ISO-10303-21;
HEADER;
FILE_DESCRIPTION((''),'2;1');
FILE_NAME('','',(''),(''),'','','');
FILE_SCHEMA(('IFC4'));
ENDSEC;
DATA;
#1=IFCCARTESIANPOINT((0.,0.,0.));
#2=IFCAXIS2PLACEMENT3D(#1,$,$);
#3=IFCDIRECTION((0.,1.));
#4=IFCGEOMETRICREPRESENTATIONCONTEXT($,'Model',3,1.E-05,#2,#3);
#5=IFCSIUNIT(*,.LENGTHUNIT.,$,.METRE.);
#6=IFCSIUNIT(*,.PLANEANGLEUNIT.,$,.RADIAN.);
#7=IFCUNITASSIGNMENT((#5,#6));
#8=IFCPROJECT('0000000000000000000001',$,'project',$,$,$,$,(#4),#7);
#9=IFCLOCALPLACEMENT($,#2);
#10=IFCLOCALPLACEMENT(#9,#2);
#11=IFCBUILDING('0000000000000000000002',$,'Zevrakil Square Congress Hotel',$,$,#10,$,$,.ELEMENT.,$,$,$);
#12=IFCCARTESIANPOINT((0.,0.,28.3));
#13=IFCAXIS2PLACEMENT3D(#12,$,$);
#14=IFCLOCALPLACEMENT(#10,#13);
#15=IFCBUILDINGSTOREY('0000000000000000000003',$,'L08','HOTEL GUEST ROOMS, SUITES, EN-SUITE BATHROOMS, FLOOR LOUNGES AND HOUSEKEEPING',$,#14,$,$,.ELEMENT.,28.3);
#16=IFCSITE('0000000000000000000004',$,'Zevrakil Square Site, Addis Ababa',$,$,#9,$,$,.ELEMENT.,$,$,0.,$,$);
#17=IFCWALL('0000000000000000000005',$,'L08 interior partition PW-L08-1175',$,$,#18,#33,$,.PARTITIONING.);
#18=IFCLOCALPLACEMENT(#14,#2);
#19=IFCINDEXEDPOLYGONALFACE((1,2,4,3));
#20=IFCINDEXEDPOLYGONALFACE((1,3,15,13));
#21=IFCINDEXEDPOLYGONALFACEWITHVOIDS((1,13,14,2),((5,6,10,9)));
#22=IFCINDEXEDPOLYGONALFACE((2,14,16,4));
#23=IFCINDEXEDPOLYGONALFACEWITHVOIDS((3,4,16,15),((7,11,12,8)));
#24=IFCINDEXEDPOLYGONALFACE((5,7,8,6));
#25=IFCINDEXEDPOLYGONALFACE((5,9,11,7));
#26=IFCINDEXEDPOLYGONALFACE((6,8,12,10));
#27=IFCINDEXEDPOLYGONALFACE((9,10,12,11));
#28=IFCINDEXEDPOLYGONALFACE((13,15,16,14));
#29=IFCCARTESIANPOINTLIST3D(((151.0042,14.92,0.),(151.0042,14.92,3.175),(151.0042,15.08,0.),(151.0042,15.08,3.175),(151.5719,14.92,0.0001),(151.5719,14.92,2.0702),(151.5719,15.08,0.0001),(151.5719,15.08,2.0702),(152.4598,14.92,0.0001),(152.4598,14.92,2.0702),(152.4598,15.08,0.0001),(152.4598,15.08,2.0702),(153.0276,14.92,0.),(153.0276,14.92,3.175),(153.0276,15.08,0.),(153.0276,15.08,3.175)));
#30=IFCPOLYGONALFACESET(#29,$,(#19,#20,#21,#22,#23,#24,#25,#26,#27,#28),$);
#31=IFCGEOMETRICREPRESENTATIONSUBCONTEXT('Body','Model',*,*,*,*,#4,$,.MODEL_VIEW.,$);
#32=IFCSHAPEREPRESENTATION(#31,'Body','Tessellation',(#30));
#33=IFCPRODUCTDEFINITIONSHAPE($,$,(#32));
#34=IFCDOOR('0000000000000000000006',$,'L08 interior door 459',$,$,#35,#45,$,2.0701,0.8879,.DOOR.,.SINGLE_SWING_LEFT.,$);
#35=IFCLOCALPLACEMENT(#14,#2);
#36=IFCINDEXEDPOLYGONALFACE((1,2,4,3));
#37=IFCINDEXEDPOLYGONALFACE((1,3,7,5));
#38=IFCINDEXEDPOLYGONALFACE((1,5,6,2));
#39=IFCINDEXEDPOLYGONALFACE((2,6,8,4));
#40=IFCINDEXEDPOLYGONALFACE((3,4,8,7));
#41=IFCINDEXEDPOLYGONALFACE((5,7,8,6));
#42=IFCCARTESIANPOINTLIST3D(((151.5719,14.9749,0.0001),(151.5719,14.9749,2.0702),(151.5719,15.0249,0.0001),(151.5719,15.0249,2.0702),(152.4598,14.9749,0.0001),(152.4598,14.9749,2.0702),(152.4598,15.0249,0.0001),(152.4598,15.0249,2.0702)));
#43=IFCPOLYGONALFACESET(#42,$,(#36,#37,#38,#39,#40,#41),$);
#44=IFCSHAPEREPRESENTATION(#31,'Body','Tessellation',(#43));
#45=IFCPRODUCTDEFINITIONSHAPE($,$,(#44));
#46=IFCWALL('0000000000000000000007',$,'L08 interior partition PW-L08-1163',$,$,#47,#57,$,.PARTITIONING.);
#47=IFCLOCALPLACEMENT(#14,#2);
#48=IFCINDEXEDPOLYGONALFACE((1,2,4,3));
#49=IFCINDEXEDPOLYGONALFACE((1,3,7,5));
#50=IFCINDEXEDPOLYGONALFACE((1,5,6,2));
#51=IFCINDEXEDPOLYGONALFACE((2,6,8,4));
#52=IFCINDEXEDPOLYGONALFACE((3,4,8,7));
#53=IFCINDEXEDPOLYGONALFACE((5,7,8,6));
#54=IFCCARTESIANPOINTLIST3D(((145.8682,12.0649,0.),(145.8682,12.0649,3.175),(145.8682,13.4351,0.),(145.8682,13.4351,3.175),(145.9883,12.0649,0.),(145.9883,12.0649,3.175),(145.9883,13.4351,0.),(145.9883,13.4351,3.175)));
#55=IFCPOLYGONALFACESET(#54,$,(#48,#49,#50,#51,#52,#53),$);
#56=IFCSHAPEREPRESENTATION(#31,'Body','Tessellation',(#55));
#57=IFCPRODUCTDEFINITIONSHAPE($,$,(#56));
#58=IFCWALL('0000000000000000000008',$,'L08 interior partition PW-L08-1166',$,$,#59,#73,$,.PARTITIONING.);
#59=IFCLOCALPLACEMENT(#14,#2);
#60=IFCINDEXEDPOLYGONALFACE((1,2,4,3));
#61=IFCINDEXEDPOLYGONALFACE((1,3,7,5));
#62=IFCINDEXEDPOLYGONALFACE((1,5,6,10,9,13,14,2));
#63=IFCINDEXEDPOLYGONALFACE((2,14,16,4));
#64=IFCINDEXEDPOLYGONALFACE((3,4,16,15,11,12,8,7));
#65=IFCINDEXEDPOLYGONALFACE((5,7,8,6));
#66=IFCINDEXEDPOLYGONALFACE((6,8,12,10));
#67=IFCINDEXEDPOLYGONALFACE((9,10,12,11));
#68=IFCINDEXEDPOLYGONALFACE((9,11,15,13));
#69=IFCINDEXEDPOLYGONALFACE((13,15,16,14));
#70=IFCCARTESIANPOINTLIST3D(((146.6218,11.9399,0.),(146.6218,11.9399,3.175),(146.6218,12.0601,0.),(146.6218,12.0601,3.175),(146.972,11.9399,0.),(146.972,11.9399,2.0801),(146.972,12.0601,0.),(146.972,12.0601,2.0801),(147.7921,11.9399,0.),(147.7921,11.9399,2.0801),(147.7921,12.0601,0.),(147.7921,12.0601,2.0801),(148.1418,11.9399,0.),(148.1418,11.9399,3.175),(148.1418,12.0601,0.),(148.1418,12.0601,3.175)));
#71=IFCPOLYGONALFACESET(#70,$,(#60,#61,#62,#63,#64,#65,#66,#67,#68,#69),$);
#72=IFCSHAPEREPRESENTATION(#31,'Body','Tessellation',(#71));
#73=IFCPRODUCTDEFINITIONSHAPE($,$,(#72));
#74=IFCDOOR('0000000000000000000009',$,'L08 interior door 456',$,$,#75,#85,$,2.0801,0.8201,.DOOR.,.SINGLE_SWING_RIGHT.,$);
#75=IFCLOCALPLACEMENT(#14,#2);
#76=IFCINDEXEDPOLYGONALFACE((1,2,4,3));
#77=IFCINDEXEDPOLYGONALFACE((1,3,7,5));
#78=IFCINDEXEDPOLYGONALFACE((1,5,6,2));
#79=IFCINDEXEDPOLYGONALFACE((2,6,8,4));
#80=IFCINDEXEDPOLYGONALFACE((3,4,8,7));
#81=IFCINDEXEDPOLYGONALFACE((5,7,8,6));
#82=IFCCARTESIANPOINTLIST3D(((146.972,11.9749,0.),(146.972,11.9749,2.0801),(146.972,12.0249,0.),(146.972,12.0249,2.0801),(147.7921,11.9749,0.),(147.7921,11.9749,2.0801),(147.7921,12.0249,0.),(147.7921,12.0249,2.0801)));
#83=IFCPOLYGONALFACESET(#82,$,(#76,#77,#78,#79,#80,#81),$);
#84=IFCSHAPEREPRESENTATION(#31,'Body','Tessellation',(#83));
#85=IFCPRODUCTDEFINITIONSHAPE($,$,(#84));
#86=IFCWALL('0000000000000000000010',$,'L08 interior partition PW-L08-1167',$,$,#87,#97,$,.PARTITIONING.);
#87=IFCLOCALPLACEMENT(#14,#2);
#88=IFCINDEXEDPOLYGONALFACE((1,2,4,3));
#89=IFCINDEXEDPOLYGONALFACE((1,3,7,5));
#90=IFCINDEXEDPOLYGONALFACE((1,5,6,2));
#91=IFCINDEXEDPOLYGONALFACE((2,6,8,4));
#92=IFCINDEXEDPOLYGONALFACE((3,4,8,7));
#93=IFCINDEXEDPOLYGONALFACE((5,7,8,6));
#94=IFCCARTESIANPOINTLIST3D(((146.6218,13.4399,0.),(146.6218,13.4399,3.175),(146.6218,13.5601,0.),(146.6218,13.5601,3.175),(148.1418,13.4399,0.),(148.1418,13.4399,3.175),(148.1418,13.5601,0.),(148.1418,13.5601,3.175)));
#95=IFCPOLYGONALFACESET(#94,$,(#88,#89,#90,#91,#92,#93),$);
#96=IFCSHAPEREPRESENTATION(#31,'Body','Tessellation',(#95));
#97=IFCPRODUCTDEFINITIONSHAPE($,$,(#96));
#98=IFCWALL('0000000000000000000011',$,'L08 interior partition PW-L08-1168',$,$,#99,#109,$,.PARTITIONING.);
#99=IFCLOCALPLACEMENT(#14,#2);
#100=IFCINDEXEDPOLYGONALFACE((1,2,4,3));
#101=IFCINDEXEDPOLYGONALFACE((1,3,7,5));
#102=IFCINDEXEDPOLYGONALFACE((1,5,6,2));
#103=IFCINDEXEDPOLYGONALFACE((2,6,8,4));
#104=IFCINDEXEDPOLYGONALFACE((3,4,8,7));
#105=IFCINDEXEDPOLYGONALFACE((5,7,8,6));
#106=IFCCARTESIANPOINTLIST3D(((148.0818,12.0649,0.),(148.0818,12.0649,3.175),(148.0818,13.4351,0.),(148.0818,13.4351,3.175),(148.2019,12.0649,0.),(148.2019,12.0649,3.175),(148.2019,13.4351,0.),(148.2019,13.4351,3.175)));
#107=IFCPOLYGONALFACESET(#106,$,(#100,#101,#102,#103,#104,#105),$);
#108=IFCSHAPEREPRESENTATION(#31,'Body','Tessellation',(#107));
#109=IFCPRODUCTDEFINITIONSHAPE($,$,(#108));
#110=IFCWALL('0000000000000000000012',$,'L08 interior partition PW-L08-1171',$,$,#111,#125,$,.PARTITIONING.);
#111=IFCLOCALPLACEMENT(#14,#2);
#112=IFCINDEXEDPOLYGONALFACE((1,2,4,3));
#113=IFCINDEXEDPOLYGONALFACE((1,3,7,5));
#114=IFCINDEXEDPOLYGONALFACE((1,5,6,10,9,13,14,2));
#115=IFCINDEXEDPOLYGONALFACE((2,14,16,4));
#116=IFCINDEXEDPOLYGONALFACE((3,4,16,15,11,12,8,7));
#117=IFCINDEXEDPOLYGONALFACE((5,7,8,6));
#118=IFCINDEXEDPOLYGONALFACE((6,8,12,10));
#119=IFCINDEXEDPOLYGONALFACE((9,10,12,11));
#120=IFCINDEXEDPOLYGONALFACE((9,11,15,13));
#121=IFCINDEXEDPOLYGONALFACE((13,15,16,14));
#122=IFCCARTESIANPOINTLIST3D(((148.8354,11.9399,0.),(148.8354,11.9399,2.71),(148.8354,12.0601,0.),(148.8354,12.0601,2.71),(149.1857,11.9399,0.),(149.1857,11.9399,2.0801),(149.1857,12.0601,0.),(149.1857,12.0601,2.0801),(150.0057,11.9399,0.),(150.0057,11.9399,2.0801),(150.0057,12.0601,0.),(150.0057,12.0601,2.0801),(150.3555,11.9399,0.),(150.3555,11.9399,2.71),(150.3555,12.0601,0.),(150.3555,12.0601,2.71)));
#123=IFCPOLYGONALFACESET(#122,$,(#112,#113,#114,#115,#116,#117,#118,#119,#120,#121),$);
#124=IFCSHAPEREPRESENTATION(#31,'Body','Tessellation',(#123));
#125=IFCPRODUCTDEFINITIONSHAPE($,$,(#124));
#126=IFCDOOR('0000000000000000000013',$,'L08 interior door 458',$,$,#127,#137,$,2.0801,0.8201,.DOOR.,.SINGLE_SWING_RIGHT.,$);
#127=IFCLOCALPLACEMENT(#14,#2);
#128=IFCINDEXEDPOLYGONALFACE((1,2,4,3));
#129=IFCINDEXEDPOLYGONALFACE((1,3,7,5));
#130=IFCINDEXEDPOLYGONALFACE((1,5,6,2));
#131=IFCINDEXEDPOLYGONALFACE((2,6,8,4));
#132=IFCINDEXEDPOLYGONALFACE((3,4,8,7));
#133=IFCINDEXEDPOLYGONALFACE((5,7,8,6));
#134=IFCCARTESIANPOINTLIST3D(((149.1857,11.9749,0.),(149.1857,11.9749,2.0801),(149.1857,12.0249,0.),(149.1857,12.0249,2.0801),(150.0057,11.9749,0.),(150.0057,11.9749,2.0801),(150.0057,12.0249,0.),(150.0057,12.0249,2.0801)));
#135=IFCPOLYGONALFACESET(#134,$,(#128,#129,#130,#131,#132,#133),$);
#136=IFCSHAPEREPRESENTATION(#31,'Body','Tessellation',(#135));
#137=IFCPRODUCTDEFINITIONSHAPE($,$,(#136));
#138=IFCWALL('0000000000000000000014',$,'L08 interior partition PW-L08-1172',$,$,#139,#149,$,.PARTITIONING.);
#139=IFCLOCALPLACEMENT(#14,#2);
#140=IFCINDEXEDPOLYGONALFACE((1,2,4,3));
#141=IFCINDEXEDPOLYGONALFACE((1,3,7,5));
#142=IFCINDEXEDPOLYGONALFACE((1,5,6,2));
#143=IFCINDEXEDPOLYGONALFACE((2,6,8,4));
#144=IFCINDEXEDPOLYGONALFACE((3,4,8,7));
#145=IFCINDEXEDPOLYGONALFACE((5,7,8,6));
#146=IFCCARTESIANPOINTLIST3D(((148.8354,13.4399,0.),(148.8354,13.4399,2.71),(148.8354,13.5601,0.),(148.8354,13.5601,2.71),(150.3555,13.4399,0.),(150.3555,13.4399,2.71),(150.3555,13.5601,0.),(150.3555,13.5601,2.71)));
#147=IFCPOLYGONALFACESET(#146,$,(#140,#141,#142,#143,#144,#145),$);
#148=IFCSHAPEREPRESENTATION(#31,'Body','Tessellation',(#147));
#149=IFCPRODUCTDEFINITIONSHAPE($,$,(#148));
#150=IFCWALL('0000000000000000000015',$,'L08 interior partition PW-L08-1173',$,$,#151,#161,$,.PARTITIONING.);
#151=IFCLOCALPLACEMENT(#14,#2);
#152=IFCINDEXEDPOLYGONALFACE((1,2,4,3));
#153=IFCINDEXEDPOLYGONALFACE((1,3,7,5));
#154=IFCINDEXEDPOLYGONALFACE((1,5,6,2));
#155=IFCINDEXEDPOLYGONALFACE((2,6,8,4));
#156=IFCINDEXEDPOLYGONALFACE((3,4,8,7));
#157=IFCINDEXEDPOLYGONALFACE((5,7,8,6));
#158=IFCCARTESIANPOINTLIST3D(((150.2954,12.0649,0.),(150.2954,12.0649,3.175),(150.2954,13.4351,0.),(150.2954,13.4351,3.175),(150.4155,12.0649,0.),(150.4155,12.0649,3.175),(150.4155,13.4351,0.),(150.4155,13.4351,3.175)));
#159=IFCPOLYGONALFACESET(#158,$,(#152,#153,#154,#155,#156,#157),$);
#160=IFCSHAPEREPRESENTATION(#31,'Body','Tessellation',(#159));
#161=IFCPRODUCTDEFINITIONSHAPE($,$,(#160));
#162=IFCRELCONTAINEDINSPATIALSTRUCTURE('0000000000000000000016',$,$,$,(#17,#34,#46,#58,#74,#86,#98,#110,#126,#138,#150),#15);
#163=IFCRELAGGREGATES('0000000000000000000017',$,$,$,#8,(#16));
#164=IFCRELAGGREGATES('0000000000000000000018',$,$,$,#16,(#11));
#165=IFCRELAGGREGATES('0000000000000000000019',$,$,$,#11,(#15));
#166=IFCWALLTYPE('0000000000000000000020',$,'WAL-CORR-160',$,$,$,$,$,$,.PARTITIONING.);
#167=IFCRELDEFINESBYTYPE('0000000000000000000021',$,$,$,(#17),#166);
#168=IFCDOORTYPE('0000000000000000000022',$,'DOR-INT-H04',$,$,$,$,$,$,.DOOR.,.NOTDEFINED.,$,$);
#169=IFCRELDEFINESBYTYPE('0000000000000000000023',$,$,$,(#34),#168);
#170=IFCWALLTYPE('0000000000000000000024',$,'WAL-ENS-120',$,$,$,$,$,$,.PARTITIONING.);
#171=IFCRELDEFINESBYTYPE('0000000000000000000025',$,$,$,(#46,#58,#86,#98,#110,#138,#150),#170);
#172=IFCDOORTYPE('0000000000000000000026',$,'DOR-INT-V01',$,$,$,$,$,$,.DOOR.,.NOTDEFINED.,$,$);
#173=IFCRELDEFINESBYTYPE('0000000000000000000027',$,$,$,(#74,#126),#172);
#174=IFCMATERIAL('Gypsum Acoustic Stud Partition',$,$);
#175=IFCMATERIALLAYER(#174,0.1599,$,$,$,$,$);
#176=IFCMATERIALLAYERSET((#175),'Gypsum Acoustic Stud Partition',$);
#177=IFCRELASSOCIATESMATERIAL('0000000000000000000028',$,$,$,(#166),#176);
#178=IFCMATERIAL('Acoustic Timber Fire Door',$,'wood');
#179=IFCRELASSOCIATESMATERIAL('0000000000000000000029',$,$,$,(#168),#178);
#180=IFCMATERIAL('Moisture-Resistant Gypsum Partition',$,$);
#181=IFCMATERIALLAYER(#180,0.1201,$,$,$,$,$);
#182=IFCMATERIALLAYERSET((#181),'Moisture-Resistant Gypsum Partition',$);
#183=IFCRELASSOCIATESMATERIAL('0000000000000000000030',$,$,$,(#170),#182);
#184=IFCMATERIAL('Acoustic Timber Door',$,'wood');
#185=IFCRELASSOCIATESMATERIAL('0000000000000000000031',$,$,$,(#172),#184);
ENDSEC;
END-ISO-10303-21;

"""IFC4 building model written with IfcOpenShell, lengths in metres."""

from ifc_helpers import new_model, si_unit, direction, frame, frame_2d, origin, place, context, subcontext, project, spatial, rectangle, extrude, material, layer, layer_set, type_object, element, fill, save


model = new_model("IFC4")

# Units and contexts
model_context = context("Model", 3, precision=1e-05, world=origin(), true_north=direction((0.0, 1.0)))
body_context = subcontext(model_context, "Body", "Model", "MODEL_VIEW")
ifc_project = project(units=[si_unit("LENGTHUNIT", "METRE"), si_unit("PLANEANGLEUNIT", "RADIAN")], contexts=[model_context])

# Site, building, storey
site_placement = place(None, origin())
site = spatial("IfcSite", under=ifc_project, at=site_placement, Name="Zevrakil Square Site, Addis Ababa", CompositionType="ELEMENT", RefElevation=0.0)
building_placement = place(site_placement, origin())
building = spatial("IfcBuilding", under=site, at=building_placement, Name="Zevrakil Square Congress Hotel", CompositionType="ELEMENT")
storey_placement = place(building_placement, frame((0.0, 0.0, 28.3)))
storey = spatial("IfcBuildingStorey", under=building, at=storey_placement, Name="L08", Description="HOTEL GUEST ROOMS, SUITES, EN-SUITE BATHROOMS, FLOOR LOUNGES AND HOUSEKEEPING", CompositionType="ELEMENT", Elevation=28.3)

# Wall, opening, door
ifc_material_1 = material(Name="Gypsum Acoustic Stud Partition")
ifc_layer_1 = layer(ifc_material_1, 0.1599)
ifc_layer_set_1 = layer_set([ifc_layer_1], Name="Gypsum Acoustic Stud Partition")
wall_type_1 = type_object("IfcWallType", Name="WAL-CORR-160", PredefinedType="PARTITIONING", material=ifc_layer_set_1)
wall_1_placement = place(storey_placement, frame((151.0042, 15.0, 0.0), z_axis=(0.0, 0.0, 1.0), x_axis=(1.0, 0.0, 0.0)))
wall_1 = element("IfcWall", 1, at=wall_1_placement, inside=storey, type_object=wall_type_1, Name="L08 interior partition PW-L08-1175", PredefinedType="PARTITIONING", context=body_context, shape_type="SweptSolid", body=[
    extrude(rectangle(XDim=2.0234, YDim=0.1599, at=frame_2d((1.0117, 0.0))), origin(), (0.0, 0.0, 1.0), 3.175),
])
opening_1_placement = place(wall_1_placement, frame((0.5679, 0.0, 0.0)))
opening_1 = element("IfcOpeningElement", 2, at=opening_1_placement, cuts=wall_1, PredefinedType="OPENING", context=body_context, shape_type="SweptSolid", body=[
    extrude(rectangle(XDim=0.8879, YDim=2.0701, at=frame_2d((0.4438, 1.0352))), frame((0.0, 0.0898, 0.0), z_axis=(0.0, -1.0, 0.0), x_axis=(1.0, 0.0, 0.0)), (0.0, 0.0, 1.0), 0.1799),
])
ifc_material_2 = material(Name="Acoustic Timber Fire Door", Category="wood")
door_type_1 = type_object("IfcDoorType", Name="DOR-INT-H04", OperationType="NOTDEFINED", PredefinedType="DOOR", material=ifc_material_2)
door_1_placement = place(opening_1_placement, origin())
door_1 = element("IfcDoor", 3, at=door_1_placement, inside=storey, type_object=door_type_1, Name="L08 interior door 459", OperationType="SINGLE_SWING_LEFT", OverallHeight=2.0701, OverallWidth=0.8879, PredefinedType="DOOR", context=body_context, shape_type="SweptSolid", body=[
    extrude(rectangle(XDim=0.8879, YDim=2.0701, at=frame_2d((0.4438, 1.0352))), frame((0.0, 0.0249, 0.0), z_axis=(0.0, -1.0, 0.0), x_axis=(1.0, 0.0, 0.0)), (0.0, 0.0, 1.0), 0.05),
])
fill(opening_1, door_1)

# Wall
ifc_material_3 = material(Name="Moisture-Resistant Gypsum Partition")
ifc_layer_2 = layer(ifc_material_3, 0.1201)
ifc_layer_set_2 = layer_set([ifc_layer_2], Name="Moisture-Resistant Gypsum Partition")
wall_type_2 = type_object("IfcWallType", Name="WAL-ENS-120", PredefinedType="PARTITIONING", material=ifc_layer_set_2)
wall_2_placement = place(storey_placement, frame((145.9282, 12.0649, 0.0), z_axis=(0.0, 0.0, 1.0), x_axis=(0.0, 1.0, 0.0)))
element("IfcWall", 4, at=wall_2_placement, inside=storey, type_object=wall_type_2, Name="L08 interior partition PW-L08-1163", PredefinedType="PARTITIONING", context=body_context, shape_type="SweptSolid", body=[
    extrude(rectangle(XDim=1.3701, YDim=0.1201, at=frame_2d((0.6851, 0.0))), origin(), (0.0, 0.0, 1.0), 3.175),
])

# Wall, opening, door
wall_3_placement = place(storey_placement, frame((146.6218, 12.0, 0.0), z_axis=(0.0, 0.0, 1.0), x_axis=(1.0, 0.0, 0.0)))
wall_3 = element("IfcWall", 5, at=wall_3_placement, inside=storey, type_object=wall_type_2, Name="L08 interior partition PW-L08-1166", PredefinedType="PARTITIONING", context=body_context, shape_type="SweptSolid", body=[
    extrude(rectangle(XDim=1.52, YDim=0.1201, at=frame_2d((0.76, 0.0))), origin(), (0.0, 0.0, 1.0), 3.175),
])
opening_2_placement = place(wall_3_placement, frame((0.3501, 0.0, 0.0)))
opening_2 = element("IfcOpeningElement", 6, at=opening_2_placement, cuts=wall_3, PredefinedType="OPENING", context=body_context, shape_type="SweptSolid", body=[
    extrude(rectangle(XDim=0.8201, YDim=2.0801, at=frame_2d((0.4102, 1.04))), frame((0.0, 0.0701, 0.0), z_axis=(0.0, -1.0, 0.0), x_axis=(1.0, 0.0, 0.0)), (0.0, 0.0, 1.0), 0.1401),
])
ifc_material_4 = material(Name="Acoustic Timber Door", Category="wood")
door_type_2 = type_object("IfcDoorType", Name="DOR-INT-V01", OperationType="NOTDEFINED", PredefinedType="DOOR", material=ifc_material_4)
door_2_placement = place(opening_2_placement, origin())
door_2 = element("IfcDoor", 7, at=door_2_placement, inside=storey, type_object=door_type_2, Name="L08 interior door 456", OperationType="SINGLE_SWING_RIGHT", OverallHeight=2.0801, OverallWidth=0.8201, PredefinedType="DOOR", context=body_context, shape_type="SweptSolid", body=[
    extrude(rectangle(XDim=0.8201, YDim=2.0801, at=frame_2d((0.4102, 1.04))), frame((0.0, 0.0249, 0.0), z_axis=(0.0, -1.0, 0.0), x_axis=(1.0, 0.0, 0.0)), (0.0, 0.0, 1.0), 0.05),
])
fill(opening_2, door_2)

# Walls
wall_4_placement = place(storey_placement, frame((146.6218, 13.5, 0.0), z_axis=(0.0, 0.0, 1.0), x_axis=(1.0, 0.0, 0.0)))
element("IfcWall", 8, at=wall_4_placement, inside=storey, type_object=wall_type_2, Name="L08 interior partition PW-L08-1167", PredefinedType="PARTITIONING", context=body_context, shape_type="SweptSolid", body=[
    extrude(rectangle(XDim=1.52, YDim=0.1201, at=frame_2d((0.76, 0.0))), origin(), (0.0, 0.0, 1.0), 3.175),
])
wall_5_placement = place(storey_placement, frame((148.1418, 12.0649, 0.0), z_axis=(0.0, 0.0, 1.0), x_axis=(0.0, 1.0, 0.0)))
element("IfcWall", 9, at=wall_5_placement, inside=storey, type_object=wall_type_2, Name="L08 interior partition PW-L08-1168", PredefinedType="PARTITIONING", context=body_context, shape_type="SweptSolid", body=[
    extrude(rectangle(XDim=1.3701, YDim=0.1201, at=frame_2d((0.6851, 0.0))), origin(), (0.0, 0.0, 1.0), 3.175),
])

# Wall, opening, door
wall_6_placement = place(storey_placement, frame((148.8354, 12.0, 0.0), z_axis=(0.0, 0.0, 1.0), x_axis=(1.0, 0.0, 0.0)))
wall_6 = element("IfcWall", 10, at=wall_6_placement, inside=storey, type_object=wall_type_2, Name="L08 interior partition PW-L08-1171", PredefinedType="PARTITIONING", context=body_context, shape_type="SweptSolid", body=[
    extrude(rectangle(XDim=1.52, YDim=0.1201, at=frame_2d((0.76, 0.0))), origin(), (0.0, 0.0, 1.0), 2.71),
])
opening_3_placement = place(wall_6_placement, frame((0.3501, 0.0, 0.0)))
opening_3 = element("IfcOpeningElement", 11, at=opening_3_placement, cuts=wall_6, PredefinedType="OPENING", context=body_context, shape_type="SweptSolid", body=[
    extrude(rectangle(XDim=0.8201, YDim=2.0801, at=frame_2d((0.4102, 1.04))), frame((0.0, 0.0701, 0.0), z_axis=(0.0, -1.0, 0.0), x_axis=(1.0, 0.0, 0.0)), (0.0, 0.0, 1.0), 0.1401),
])
door_3_placement = place(opening_3_placement, origin())
door_3 = element("IfcDoor", 12, at=door_3_placement, inside=storey, type_object=door_type_2, Name="L08 interior door 458", OperationType="SINGLE_SWING_RIGHT", OverallHeight=2.0801, OverallWidth=0.8201, PredefinedType="DOOR", context=body_context, shape_type="SweptSolid", body=[
    extrude(rectangle(XDim=0.8201, YDim=2.0801, at=frame_2d((0.4102, 1.04))), frame((0.0, 0.0249, 0.0), z_axis=(0.0, -1.0, 0.0), x_axis=(1.0, 0.0, 0.0)), (0.0, 0.0, 1.0), 0.05),
])
fill(opening_3, door_3)

# Walls
wall_7_placement = place(storey_placement, frame((148.8354, 13.5, 0.0), z_axis=(0.0, 0.0, 1.0), x_axis=(1.0, 0.0, 0.0)))
element("IfcWall", 13, at=wall_7_placement, inside=storey, type_object=wall_type_2, Name="L08 interior partition PW-L08-1172", PredefinedType="PARTITIONING", context=body_context, shape_type="SweptSolid", body=[
    extrude(rectangle(XDim=1.52, YDim=0.1201, at=frame_2d((0.76, 0.0))), origin(), (0.0, 0.0, 1.0), 2.71),
])
wall_8_placement = place(storey_placement, frame((150.3555, 12.0649, 0.0), z_axis=(0.0, 0.0, 1.0), x_axis=(0.0, 1.0, 0.0)))
element("IfcWall", 14, at=wall_8_placement, inside=storey, type_object=wall_type_2, Name="L08 interior partition PW-L08-1173", PredefinedType="PARTITIONING", context=body_context, shape_type="SweptSolid", body=[
    extrude(rectangle(XDim=1.3701, YDim=0.1201, at=frame_2d((0.6851, 0.0))), origin(), (0.0, 0.0, 1.0), 3.175),
])

save(model, "model.ifc")
